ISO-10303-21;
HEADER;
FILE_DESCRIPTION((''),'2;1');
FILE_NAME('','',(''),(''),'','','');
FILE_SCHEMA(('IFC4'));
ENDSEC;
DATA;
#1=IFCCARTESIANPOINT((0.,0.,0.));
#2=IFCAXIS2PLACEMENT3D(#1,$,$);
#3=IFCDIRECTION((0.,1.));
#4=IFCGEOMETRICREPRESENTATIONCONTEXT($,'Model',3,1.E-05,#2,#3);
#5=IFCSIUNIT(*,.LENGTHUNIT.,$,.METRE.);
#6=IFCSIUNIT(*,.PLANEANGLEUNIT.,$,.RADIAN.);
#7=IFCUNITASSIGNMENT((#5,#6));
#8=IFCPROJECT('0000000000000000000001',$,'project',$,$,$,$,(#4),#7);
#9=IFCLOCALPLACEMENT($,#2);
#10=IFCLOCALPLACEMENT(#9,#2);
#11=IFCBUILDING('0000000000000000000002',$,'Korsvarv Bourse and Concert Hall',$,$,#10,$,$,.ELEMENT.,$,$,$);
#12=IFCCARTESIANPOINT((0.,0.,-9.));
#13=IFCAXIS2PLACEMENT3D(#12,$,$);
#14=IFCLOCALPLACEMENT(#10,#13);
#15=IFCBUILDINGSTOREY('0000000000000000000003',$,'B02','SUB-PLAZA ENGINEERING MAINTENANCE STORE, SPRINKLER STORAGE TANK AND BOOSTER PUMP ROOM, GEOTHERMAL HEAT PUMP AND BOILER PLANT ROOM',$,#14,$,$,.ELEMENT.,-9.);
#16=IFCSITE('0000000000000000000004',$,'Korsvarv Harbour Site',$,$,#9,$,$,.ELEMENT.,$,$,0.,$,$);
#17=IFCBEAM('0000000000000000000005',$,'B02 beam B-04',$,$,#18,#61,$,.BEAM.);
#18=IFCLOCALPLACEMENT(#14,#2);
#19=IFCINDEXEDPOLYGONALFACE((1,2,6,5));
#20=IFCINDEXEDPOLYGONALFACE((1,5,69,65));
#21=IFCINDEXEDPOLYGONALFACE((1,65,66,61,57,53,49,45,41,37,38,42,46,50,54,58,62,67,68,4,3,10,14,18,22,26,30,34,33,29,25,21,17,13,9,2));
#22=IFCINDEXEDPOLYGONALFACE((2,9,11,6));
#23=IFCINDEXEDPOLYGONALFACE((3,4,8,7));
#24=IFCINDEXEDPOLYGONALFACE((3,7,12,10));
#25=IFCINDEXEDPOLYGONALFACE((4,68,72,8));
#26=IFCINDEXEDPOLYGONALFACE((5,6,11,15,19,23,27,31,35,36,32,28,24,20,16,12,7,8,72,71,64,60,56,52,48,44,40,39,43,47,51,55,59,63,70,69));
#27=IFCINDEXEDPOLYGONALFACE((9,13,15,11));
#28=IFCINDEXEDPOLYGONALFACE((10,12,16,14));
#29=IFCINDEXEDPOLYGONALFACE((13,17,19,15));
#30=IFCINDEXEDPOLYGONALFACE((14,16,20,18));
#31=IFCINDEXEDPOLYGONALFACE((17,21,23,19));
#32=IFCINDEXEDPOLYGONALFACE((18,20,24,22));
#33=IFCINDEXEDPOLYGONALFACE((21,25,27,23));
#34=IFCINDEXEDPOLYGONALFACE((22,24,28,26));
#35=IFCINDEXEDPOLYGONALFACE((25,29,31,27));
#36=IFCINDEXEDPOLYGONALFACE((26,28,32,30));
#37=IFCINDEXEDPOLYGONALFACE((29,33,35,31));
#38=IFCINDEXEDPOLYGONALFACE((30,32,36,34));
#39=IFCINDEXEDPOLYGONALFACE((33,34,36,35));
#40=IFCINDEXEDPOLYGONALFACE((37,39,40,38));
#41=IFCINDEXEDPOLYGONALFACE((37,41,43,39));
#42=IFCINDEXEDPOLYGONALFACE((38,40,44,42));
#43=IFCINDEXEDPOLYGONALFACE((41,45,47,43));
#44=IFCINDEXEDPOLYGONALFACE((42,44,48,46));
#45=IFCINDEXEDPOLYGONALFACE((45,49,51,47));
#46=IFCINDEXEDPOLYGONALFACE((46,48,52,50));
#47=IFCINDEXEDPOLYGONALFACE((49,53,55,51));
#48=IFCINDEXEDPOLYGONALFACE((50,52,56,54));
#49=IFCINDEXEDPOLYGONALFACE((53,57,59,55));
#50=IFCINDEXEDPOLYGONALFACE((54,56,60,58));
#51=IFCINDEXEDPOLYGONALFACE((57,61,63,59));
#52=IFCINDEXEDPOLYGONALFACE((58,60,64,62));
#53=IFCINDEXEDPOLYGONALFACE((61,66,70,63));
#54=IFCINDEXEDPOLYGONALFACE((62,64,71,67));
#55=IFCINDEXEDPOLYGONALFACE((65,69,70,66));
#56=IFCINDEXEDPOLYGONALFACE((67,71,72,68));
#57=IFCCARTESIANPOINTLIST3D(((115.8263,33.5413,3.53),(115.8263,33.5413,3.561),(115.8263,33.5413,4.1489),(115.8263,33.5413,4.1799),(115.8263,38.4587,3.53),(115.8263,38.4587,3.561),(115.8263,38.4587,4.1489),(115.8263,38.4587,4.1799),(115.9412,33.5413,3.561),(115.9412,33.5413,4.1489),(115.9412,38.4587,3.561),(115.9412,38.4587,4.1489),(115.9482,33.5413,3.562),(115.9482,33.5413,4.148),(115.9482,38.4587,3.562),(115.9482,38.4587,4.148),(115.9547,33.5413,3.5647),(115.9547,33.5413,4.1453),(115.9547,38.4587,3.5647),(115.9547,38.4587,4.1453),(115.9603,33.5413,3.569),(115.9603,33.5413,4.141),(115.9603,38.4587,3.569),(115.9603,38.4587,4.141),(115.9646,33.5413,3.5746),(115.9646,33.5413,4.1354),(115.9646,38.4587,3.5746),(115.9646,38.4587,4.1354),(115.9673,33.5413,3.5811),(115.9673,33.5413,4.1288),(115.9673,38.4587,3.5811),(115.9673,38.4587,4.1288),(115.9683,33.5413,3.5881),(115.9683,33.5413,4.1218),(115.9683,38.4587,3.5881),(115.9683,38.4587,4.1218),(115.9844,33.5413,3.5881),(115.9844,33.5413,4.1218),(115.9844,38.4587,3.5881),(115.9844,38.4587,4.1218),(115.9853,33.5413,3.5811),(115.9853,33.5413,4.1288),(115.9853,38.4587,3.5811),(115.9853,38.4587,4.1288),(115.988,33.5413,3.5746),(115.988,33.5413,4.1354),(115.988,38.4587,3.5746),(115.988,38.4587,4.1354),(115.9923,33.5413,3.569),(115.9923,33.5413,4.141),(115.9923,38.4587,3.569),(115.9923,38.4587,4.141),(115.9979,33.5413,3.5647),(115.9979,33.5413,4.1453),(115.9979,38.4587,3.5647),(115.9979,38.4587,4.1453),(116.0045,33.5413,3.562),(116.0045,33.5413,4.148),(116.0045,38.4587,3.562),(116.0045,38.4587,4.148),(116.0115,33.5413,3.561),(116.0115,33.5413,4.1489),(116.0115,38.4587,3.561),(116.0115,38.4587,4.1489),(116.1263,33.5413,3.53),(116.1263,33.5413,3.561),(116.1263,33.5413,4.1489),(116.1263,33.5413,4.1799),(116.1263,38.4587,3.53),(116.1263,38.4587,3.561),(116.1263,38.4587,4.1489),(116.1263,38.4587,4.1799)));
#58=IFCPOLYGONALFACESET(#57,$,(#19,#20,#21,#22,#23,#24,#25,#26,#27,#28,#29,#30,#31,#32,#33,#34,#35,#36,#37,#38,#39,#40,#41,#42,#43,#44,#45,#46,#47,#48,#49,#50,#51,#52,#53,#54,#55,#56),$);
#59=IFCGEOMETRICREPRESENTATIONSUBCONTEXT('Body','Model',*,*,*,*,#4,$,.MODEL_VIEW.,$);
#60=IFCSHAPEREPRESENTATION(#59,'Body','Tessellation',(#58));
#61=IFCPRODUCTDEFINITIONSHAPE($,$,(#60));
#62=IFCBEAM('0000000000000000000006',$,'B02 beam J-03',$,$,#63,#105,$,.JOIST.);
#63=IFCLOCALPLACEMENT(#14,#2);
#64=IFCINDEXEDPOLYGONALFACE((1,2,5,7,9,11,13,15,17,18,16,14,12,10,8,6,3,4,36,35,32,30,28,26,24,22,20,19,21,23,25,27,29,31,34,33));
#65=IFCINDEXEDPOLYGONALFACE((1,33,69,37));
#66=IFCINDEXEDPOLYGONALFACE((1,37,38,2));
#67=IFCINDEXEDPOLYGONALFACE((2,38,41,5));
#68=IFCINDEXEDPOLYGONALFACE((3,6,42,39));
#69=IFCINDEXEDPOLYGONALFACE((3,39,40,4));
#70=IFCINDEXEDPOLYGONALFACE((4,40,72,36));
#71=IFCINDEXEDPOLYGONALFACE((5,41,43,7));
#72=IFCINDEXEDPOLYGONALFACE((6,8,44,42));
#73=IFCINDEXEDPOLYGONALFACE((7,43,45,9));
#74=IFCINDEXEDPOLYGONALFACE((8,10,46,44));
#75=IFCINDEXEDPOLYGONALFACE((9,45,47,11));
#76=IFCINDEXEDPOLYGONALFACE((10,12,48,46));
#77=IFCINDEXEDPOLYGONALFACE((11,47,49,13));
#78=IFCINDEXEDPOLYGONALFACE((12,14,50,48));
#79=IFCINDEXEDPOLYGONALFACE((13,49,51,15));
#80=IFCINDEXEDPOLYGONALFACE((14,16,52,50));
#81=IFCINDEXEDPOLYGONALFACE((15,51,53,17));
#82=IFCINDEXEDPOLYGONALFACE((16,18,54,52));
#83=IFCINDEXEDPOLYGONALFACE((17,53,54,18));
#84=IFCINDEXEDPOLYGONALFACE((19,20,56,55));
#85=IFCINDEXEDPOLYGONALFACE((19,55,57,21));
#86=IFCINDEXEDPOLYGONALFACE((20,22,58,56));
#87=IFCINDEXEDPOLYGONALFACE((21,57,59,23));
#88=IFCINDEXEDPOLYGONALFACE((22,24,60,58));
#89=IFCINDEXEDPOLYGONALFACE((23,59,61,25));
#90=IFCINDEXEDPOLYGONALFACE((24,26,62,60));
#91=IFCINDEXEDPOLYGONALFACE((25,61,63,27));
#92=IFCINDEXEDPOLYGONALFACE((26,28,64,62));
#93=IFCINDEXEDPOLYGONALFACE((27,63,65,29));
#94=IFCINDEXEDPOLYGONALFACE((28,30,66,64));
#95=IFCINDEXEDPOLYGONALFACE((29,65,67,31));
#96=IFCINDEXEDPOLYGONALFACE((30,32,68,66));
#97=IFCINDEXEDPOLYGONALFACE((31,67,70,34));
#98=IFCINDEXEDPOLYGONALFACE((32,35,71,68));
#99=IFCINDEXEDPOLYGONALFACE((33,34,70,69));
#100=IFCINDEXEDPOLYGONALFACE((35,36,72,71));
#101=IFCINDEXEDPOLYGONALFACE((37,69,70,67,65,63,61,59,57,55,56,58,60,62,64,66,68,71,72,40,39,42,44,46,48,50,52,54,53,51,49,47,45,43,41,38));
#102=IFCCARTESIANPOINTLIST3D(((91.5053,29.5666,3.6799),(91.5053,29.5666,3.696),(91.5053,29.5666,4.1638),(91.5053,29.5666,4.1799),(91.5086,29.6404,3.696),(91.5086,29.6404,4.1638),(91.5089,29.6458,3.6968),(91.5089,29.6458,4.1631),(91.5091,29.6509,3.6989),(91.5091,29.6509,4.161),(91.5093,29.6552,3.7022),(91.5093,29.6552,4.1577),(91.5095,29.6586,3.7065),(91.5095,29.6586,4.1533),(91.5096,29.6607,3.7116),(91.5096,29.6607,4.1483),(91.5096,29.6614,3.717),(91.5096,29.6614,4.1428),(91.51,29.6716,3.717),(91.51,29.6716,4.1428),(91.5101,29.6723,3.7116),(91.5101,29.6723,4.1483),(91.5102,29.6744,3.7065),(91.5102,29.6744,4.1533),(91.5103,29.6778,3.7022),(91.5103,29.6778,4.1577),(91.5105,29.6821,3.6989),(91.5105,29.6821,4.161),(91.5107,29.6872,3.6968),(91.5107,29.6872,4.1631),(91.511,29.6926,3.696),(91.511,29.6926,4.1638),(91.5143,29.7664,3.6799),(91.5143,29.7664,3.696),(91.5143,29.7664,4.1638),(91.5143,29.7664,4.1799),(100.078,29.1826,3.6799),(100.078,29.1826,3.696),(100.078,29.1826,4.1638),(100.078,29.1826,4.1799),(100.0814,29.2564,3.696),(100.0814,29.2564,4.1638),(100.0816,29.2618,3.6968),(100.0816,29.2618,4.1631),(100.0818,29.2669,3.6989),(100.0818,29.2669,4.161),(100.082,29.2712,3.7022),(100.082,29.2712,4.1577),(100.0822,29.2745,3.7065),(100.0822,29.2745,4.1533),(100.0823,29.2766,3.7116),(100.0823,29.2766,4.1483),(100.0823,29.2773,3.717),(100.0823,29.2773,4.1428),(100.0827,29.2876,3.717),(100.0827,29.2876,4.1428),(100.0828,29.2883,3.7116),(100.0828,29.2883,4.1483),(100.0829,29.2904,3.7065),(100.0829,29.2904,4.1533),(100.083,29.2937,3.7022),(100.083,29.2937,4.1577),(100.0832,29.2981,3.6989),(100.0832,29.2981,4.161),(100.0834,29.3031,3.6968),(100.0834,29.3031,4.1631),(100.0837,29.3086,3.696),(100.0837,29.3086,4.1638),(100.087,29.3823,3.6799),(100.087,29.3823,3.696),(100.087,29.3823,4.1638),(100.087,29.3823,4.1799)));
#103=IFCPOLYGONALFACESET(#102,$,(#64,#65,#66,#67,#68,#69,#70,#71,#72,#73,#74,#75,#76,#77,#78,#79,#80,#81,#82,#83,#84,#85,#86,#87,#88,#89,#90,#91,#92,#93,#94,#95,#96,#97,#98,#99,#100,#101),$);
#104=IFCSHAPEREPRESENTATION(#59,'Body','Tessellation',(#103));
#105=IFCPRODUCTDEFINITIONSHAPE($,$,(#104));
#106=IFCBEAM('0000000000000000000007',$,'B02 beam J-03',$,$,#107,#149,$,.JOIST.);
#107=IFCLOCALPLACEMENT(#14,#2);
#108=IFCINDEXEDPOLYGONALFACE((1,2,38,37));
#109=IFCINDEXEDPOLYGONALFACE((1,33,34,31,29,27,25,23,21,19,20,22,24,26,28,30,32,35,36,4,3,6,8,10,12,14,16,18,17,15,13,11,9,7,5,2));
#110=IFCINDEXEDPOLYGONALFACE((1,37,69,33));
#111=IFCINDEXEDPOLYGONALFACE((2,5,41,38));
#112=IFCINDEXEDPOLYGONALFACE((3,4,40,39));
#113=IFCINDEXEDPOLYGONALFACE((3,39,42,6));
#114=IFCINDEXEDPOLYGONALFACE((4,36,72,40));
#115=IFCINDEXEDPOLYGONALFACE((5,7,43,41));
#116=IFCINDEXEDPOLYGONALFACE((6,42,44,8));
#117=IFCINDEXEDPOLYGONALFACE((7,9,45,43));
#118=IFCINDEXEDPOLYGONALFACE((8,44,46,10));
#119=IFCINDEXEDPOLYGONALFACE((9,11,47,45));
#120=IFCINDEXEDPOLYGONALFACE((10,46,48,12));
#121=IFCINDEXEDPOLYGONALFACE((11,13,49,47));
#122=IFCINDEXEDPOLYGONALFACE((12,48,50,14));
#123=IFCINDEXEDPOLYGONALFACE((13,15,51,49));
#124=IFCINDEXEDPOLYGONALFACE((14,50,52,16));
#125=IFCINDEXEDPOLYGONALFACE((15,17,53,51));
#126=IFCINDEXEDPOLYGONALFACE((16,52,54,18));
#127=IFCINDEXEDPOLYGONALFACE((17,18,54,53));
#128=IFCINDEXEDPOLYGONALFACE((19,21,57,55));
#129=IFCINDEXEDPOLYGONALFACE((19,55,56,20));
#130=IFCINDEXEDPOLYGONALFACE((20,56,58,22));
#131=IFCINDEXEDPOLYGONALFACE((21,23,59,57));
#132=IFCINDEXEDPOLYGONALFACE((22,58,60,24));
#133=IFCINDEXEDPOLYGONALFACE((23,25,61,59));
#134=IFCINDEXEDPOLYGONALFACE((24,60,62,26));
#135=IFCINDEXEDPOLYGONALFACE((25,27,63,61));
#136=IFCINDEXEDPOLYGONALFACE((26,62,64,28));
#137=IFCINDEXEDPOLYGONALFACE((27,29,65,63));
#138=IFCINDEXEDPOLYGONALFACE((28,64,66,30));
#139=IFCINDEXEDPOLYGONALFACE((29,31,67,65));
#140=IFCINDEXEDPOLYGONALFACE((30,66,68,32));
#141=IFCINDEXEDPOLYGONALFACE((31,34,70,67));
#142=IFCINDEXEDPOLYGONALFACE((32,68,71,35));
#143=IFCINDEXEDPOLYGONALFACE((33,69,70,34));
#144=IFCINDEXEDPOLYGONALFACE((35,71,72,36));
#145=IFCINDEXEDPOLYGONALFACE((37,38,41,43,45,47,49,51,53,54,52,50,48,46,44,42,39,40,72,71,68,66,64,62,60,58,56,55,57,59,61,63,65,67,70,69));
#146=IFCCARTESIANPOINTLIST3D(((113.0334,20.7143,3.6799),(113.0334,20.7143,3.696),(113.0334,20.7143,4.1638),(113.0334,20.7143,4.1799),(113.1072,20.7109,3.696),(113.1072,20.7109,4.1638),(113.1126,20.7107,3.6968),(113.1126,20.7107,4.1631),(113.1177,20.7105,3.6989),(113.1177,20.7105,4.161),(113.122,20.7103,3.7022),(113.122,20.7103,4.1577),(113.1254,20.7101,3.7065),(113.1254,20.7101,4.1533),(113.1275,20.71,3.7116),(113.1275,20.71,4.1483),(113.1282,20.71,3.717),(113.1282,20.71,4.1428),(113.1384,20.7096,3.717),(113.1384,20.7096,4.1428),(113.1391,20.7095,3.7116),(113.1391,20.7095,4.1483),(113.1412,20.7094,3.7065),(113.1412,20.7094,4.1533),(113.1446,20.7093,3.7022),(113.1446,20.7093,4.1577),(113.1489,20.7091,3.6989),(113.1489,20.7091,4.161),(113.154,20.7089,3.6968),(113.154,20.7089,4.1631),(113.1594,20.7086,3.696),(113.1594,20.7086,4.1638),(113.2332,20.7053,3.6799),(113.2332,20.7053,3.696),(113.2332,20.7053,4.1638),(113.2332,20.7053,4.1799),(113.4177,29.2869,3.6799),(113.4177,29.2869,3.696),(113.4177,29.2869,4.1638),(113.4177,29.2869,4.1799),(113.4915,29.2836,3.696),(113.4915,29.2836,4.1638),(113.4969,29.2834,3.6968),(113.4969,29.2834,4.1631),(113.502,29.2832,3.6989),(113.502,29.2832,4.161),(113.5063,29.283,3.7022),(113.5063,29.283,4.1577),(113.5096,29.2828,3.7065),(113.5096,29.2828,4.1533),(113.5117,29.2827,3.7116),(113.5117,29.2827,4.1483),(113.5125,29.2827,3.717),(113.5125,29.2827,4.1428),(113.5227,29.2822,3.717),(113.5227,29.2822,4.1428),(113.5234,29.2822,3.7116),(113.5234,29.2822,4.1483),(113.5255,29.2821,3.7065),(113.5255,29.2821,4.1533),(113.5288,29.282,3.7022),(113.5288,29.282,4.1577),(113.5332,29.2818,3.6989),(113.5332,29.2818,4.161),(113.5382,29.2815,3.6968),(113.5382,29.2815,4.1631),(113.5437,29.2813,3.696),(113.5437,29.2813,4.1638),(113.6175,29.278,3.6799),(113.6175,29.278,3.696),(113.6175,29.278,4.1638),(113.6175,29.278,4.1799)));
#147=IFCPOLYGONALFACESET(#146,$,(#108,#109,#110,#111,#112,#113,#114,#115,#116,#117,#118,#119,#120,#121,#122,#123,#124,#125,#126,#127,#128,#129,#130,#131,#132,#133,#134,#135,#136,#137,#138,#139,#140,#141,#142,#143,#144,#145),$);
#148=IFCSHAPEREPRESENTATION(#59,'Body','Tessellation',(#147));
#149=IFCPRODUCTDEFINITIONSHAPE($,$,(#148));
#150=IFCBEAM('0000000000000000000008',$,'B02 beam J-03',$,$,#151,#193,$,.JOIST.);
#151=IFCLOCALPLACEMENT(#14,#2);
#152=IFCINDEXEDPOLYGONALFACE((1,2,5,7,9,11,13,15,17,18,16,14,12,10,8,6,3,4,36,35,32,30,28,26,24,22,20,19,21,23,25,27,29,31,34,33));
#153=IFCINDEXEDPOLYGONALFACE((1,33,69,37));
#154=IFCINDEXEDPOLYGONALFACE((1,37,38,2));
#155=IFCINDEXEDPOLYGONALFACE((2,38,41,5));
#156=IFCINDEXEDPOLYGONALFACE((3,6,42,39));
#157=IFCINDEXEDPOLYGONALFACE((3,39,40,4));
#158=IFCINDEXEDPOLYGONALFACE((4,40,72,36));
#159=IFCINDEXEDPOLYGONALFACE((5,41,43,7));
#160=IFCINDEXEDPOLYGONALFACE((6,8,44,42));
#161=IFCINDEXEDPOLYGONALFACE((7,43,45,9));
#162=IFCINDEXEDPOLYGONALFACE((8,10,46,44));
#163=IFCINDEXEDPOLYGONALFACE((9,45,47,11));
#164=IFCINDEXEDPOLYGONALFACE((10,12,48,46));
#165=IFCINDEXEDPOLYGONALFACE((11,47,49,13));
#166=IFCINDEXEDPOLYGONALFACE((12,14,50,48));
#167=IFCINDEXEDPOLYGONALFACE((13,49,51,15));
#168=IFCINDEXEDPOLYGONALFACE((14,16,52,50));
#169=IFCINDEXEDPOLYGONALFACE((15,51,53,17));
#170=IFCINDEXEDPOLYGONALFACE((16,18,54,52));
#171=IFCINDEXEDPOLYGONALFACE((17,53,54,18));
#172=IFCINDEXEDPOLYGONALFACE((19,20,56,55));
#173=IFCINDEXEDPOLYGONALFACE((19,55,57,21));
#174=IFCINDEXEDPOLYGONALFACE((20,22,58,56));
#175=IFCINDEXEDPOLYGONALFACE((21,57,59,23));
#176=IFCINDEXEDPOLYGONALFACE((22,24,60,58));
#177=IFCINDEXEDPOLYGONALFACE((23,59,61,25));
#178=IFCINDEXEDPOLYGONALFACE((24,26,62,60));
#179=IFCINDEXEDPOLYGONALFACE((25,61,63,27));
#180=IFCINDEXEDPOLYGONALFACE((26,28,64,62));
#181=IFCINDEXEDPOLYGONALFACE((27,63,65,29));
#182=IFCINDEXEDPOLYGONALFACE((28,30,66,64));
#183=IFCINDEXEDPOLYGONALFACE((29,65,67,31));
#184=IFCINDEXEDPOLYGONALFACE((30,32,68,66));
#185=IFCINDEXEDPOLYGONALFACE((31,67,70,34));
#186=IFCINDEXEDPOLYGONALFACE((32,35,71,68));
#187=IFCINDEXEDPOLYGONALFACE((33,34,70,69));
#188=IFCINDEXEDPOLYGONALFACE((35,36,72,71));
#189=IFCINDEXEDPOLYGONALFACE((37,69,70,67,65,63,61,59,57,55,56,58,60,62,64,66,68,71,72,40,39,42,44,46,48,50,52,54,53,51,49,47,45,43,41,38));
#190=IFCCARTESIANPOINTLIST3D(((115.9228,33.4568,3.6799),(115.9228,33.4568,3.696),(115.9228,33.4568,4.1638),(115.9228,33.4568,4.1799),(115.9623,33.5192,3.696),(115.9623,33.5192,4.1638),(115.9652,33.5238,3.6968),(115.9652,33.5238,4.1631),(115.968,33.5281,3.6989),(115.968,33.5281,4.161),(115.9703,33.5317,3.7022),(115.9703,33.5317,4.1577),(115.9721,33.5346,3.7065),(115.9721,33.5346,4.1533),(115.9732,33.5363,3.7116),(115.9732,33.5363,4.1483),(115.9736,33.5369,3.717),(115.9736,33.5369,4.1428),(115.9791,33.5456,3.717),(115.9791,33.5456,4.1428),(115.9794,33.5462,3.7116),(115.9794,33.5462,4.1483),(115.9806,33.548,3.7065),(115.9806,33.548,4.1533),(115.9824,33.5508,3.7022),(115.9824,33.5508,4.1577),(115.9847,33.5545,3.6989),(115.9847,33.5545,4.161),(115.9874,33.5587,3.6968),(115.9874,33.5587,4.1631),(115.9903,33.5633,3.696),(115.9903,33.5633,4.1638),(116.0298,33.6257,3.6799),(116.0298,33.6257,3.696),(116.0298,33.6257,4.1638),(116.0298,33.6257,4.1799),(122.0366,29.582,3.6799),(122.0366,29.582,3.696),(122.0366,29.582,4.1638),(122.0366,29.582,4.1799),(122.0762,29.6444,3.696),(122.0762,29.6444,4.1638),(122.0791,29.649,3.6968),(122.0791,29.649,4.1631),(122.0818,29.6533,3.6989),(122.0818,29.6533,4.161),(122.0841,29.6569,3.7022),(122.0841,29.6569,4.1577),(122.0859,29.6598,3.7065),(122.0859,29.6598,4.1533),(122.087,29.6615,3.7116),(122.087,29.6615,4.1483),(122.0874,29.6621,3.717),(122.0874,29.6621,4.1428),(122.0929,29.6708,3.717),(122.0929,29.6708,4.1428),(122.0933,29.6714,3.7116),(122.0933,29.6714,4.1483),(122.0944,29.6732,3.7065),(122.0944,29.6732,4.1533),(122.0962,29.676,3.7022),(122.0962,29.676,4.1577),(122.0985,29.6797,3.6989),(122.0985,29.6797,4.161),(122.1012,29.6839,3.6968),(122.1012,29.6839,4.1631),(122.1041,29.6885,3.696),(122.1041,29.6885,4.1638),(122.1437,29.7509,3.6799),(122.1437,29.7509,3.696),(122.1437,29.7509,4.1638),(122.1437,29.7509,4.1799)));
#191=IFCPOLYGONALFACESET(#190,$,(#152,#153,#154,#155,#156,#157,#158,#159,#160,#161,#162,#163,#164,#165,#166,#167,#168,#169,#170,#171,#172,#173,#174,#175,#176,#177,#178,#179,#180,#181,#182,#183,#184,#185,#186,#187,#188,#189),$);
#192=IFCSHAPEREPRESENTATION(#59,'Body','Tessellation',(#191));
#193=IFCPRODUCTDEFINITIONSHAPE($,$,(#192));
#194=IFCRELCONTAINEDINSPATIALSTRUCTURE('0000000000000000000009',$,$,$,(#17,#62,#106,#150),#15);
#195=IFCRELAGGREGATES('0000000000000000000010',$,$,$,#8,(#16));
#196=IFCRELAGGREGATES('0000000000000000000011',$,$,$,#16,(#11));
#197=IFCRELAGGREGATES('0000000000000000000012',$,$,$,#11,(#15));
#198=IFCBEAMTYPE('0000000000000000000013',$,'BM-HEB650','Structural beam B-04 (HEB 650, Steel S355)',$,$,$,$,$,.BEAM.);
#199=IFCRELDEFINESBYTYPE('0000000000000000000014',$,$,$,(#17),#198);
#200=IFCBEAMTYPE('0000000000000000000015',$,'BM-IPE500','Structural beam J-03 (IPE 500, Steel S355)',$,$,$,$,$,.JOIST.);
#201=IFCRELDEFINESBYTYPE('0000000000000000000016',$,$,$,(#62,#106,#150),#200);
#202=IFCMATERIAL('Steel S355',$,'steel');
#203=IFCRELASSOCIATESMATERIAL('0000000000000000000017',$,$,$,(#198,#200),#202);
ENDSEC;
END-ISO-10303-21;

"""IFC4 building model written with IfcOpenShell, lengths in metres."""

from ifc_helpers import new_model, si_unit, direction, frame, origin, origin_2d, place, context, subcontext, project, spatial, i_section, extrude, source, transform, mapped, material, material_profile, profile_set, type_object, element, save


model = new_model("IFC4")

# Units and contexts
model_context = context("Model", 3, precision=1e-05, world=origin(), true_north=direction((0.0, 1.0)))
body_context = subcontext(model_context, "Body", "Model", "MODEL_VIEW")
ifc_project = project(units=[si_unit("LENGTHUNIT", "METRE"), si_unit("PLANEANGLEUNIT", "RADIAN")], contexts=[model_context])

# Site, building, storey
site_placement = place(None, origin())
site = spatial("IfcSite", under=ifc_project, at=site_placement, Name="Korsvarv Harbour Site", CompositionType="ELEMENT", RefElevation=0.0)
building_placement = place(site_placement, origin())
building = spatial("IfcBuilding", under=site, at=building_placement, Name="Korsvarv Bourse and Concert Hall", CompositionType="ELEMENT")
storey_placement = place(building_placement, frame((0.0, 0.0, -9.0)))
storey = spatial("IfcBuildingStorey", under=building, at=storey_placement, Name="B02", Description="SUB-PLAZA ENGINEERING MAINTENANCE STORE, SPRINKLER STORAGE TANK AND BOOSTER PUMP ROOM, GEOTHERMAL HEAT PUMP AND BOILER PLANT ROOM", CompositionType="ELEMENT", Elevation=-9.0)

# Beams
ifc_material_1 = material(Name="Steel S355", Category="steel")
ifc_material_profile_1 = material_profile(ifc_material_1, i_section(OverallWidth=0.3, OverallDepth=0.6499, WebThickness=0.0161, FlangeThickness=0.031, FilletRadius=0.0271, at=origin_2d()), Name="HEB 650")
ifc_profile_set_1 = profile_set([ifc_material_profile_1], Name="Steel S355")
beam_type_1 = type_object("IfcBeamType", Name="BM-HEB650", Description="Structural beam B-04 (HEB 650, Steel S355)", PredefinedType="BEAM", material=ifc_profile_set_1)
shared_shape_1 = source(origin(), body_context, "Body", "SweptSolid", [
    extrude(i_section(OverallWidth=0.3, OverallDepth=0.6499, WebThickness=0.0161, FlangeThickness=0.031, FilletRadius=0.0271, at=origin_2d()), origin(), (0.0, 0.0, 1.0), 4.9175),
])
for number, where, z_axis, x_axis, name in (
    (1, (115.9763, 33.5413, 3.855), (0.0, 1.0, 0.0), (-1.0, 0.0, 0.0), "B02 beam B-04"),
):
    element("IfcBeam", number, at=place(storey_placement, frame(where, z_axis=z_axis, x_axis=x_axis)), inside=storey, type_object=beam_type_1, Name=name, PredefinedType="BEAM", context=body_context, shape_type="MappedRepresentation", body=[
        mapped(shared_shape_1, transform((0.0, 0.0, 0.0), scale=1.0)),
    ])
ifc_material_profile_2 = material_profile(ifc_material_1, i_section(OverallWidth=0.2, OverallDepth=0.5, WebThickness=0.0103, FlangeThickness=0.0161, FilletRadius=0.021, at=origin_2d()), Name="IPE 500")
ifc_profile_set_2 = profile_set([ifc_material_profile_2], Name="Steel S355")
beam_type_2 = type_object("IfcBeamType", Name="BM-IPE500", Description="Structural beam J-03 (IPE 500, Steel S355)", PredefinedType="JOIST", material=ifc_profile_set_2)
shared_shape_2 = source(origin(), body_context, "Body", "SweptSolid", [
    extrude(i_section(OverallWidth=0.2, OverallDepth=0.5, WebThickness=0.0103, FlangeThickness=0.0161, FilletRadius=0.021, at=origin_2d()), origin(), (0.0, 0.0, 1.0), 8.5813),
])
for number, where, z_axis, x_axis, name in (
    (2, (100.0825, 29.2825, 3.9299), (-0.998998, 0.044752, 0.0), (-0.044752, -0.998998, 0.0), "B02 beam J-03"),
    (3, (113.5176, 29.2825, 3.9299), (-0.04478, -0.998997, 0.0), (0.998997, -0.04478, 0.0), "B02 beam J-03"),
):
    element("IfcBeam", number, at=place(storey_placement, frame(where, z_axis=z_axis, x_axis=x_axis)), inside=storey, type_object=beam_type_2, Name=name, PredefinedType="JOIST", context=body_context, shape_type="MappedRepresentation", body=[
        mapped(shared_shape_2, transform((0.0, 0.0, 0.0), scale=1.0)),
    ])
shared_shape_3 = source(origin(), body_context, "Body", "SweptSolid", [
    extrude(i_section(OverallWidth=0.2, OverallDepth=0.5, WebThickness=0.0103, FlangeThickness=0.0161, FilletRadius=0.021, at=origin_2d()), origin(), (0.0, 0.0, 1.0), 7.2383),
])
beam_1_placement = place(storey_placement, frame((115.9763, 33.5413, 3.9299), z_axis=(0.84465, -0.535318, 0.0), x_axis=(0.535318, 0.84465, 0.0)))
element("IfcBeam", 4, at=beam_1_placement, inside=storey, type_object=beam_type_2, Name="B02 beam J-03", PredefinedType="JOIST", context=body_context, shape_type="MappedRepresentation", body=[
    mapped(shared_shape_3, transform((0.0, 0.0, 0.0), scale=1.0)),
])

save(model, "model.ifc")
